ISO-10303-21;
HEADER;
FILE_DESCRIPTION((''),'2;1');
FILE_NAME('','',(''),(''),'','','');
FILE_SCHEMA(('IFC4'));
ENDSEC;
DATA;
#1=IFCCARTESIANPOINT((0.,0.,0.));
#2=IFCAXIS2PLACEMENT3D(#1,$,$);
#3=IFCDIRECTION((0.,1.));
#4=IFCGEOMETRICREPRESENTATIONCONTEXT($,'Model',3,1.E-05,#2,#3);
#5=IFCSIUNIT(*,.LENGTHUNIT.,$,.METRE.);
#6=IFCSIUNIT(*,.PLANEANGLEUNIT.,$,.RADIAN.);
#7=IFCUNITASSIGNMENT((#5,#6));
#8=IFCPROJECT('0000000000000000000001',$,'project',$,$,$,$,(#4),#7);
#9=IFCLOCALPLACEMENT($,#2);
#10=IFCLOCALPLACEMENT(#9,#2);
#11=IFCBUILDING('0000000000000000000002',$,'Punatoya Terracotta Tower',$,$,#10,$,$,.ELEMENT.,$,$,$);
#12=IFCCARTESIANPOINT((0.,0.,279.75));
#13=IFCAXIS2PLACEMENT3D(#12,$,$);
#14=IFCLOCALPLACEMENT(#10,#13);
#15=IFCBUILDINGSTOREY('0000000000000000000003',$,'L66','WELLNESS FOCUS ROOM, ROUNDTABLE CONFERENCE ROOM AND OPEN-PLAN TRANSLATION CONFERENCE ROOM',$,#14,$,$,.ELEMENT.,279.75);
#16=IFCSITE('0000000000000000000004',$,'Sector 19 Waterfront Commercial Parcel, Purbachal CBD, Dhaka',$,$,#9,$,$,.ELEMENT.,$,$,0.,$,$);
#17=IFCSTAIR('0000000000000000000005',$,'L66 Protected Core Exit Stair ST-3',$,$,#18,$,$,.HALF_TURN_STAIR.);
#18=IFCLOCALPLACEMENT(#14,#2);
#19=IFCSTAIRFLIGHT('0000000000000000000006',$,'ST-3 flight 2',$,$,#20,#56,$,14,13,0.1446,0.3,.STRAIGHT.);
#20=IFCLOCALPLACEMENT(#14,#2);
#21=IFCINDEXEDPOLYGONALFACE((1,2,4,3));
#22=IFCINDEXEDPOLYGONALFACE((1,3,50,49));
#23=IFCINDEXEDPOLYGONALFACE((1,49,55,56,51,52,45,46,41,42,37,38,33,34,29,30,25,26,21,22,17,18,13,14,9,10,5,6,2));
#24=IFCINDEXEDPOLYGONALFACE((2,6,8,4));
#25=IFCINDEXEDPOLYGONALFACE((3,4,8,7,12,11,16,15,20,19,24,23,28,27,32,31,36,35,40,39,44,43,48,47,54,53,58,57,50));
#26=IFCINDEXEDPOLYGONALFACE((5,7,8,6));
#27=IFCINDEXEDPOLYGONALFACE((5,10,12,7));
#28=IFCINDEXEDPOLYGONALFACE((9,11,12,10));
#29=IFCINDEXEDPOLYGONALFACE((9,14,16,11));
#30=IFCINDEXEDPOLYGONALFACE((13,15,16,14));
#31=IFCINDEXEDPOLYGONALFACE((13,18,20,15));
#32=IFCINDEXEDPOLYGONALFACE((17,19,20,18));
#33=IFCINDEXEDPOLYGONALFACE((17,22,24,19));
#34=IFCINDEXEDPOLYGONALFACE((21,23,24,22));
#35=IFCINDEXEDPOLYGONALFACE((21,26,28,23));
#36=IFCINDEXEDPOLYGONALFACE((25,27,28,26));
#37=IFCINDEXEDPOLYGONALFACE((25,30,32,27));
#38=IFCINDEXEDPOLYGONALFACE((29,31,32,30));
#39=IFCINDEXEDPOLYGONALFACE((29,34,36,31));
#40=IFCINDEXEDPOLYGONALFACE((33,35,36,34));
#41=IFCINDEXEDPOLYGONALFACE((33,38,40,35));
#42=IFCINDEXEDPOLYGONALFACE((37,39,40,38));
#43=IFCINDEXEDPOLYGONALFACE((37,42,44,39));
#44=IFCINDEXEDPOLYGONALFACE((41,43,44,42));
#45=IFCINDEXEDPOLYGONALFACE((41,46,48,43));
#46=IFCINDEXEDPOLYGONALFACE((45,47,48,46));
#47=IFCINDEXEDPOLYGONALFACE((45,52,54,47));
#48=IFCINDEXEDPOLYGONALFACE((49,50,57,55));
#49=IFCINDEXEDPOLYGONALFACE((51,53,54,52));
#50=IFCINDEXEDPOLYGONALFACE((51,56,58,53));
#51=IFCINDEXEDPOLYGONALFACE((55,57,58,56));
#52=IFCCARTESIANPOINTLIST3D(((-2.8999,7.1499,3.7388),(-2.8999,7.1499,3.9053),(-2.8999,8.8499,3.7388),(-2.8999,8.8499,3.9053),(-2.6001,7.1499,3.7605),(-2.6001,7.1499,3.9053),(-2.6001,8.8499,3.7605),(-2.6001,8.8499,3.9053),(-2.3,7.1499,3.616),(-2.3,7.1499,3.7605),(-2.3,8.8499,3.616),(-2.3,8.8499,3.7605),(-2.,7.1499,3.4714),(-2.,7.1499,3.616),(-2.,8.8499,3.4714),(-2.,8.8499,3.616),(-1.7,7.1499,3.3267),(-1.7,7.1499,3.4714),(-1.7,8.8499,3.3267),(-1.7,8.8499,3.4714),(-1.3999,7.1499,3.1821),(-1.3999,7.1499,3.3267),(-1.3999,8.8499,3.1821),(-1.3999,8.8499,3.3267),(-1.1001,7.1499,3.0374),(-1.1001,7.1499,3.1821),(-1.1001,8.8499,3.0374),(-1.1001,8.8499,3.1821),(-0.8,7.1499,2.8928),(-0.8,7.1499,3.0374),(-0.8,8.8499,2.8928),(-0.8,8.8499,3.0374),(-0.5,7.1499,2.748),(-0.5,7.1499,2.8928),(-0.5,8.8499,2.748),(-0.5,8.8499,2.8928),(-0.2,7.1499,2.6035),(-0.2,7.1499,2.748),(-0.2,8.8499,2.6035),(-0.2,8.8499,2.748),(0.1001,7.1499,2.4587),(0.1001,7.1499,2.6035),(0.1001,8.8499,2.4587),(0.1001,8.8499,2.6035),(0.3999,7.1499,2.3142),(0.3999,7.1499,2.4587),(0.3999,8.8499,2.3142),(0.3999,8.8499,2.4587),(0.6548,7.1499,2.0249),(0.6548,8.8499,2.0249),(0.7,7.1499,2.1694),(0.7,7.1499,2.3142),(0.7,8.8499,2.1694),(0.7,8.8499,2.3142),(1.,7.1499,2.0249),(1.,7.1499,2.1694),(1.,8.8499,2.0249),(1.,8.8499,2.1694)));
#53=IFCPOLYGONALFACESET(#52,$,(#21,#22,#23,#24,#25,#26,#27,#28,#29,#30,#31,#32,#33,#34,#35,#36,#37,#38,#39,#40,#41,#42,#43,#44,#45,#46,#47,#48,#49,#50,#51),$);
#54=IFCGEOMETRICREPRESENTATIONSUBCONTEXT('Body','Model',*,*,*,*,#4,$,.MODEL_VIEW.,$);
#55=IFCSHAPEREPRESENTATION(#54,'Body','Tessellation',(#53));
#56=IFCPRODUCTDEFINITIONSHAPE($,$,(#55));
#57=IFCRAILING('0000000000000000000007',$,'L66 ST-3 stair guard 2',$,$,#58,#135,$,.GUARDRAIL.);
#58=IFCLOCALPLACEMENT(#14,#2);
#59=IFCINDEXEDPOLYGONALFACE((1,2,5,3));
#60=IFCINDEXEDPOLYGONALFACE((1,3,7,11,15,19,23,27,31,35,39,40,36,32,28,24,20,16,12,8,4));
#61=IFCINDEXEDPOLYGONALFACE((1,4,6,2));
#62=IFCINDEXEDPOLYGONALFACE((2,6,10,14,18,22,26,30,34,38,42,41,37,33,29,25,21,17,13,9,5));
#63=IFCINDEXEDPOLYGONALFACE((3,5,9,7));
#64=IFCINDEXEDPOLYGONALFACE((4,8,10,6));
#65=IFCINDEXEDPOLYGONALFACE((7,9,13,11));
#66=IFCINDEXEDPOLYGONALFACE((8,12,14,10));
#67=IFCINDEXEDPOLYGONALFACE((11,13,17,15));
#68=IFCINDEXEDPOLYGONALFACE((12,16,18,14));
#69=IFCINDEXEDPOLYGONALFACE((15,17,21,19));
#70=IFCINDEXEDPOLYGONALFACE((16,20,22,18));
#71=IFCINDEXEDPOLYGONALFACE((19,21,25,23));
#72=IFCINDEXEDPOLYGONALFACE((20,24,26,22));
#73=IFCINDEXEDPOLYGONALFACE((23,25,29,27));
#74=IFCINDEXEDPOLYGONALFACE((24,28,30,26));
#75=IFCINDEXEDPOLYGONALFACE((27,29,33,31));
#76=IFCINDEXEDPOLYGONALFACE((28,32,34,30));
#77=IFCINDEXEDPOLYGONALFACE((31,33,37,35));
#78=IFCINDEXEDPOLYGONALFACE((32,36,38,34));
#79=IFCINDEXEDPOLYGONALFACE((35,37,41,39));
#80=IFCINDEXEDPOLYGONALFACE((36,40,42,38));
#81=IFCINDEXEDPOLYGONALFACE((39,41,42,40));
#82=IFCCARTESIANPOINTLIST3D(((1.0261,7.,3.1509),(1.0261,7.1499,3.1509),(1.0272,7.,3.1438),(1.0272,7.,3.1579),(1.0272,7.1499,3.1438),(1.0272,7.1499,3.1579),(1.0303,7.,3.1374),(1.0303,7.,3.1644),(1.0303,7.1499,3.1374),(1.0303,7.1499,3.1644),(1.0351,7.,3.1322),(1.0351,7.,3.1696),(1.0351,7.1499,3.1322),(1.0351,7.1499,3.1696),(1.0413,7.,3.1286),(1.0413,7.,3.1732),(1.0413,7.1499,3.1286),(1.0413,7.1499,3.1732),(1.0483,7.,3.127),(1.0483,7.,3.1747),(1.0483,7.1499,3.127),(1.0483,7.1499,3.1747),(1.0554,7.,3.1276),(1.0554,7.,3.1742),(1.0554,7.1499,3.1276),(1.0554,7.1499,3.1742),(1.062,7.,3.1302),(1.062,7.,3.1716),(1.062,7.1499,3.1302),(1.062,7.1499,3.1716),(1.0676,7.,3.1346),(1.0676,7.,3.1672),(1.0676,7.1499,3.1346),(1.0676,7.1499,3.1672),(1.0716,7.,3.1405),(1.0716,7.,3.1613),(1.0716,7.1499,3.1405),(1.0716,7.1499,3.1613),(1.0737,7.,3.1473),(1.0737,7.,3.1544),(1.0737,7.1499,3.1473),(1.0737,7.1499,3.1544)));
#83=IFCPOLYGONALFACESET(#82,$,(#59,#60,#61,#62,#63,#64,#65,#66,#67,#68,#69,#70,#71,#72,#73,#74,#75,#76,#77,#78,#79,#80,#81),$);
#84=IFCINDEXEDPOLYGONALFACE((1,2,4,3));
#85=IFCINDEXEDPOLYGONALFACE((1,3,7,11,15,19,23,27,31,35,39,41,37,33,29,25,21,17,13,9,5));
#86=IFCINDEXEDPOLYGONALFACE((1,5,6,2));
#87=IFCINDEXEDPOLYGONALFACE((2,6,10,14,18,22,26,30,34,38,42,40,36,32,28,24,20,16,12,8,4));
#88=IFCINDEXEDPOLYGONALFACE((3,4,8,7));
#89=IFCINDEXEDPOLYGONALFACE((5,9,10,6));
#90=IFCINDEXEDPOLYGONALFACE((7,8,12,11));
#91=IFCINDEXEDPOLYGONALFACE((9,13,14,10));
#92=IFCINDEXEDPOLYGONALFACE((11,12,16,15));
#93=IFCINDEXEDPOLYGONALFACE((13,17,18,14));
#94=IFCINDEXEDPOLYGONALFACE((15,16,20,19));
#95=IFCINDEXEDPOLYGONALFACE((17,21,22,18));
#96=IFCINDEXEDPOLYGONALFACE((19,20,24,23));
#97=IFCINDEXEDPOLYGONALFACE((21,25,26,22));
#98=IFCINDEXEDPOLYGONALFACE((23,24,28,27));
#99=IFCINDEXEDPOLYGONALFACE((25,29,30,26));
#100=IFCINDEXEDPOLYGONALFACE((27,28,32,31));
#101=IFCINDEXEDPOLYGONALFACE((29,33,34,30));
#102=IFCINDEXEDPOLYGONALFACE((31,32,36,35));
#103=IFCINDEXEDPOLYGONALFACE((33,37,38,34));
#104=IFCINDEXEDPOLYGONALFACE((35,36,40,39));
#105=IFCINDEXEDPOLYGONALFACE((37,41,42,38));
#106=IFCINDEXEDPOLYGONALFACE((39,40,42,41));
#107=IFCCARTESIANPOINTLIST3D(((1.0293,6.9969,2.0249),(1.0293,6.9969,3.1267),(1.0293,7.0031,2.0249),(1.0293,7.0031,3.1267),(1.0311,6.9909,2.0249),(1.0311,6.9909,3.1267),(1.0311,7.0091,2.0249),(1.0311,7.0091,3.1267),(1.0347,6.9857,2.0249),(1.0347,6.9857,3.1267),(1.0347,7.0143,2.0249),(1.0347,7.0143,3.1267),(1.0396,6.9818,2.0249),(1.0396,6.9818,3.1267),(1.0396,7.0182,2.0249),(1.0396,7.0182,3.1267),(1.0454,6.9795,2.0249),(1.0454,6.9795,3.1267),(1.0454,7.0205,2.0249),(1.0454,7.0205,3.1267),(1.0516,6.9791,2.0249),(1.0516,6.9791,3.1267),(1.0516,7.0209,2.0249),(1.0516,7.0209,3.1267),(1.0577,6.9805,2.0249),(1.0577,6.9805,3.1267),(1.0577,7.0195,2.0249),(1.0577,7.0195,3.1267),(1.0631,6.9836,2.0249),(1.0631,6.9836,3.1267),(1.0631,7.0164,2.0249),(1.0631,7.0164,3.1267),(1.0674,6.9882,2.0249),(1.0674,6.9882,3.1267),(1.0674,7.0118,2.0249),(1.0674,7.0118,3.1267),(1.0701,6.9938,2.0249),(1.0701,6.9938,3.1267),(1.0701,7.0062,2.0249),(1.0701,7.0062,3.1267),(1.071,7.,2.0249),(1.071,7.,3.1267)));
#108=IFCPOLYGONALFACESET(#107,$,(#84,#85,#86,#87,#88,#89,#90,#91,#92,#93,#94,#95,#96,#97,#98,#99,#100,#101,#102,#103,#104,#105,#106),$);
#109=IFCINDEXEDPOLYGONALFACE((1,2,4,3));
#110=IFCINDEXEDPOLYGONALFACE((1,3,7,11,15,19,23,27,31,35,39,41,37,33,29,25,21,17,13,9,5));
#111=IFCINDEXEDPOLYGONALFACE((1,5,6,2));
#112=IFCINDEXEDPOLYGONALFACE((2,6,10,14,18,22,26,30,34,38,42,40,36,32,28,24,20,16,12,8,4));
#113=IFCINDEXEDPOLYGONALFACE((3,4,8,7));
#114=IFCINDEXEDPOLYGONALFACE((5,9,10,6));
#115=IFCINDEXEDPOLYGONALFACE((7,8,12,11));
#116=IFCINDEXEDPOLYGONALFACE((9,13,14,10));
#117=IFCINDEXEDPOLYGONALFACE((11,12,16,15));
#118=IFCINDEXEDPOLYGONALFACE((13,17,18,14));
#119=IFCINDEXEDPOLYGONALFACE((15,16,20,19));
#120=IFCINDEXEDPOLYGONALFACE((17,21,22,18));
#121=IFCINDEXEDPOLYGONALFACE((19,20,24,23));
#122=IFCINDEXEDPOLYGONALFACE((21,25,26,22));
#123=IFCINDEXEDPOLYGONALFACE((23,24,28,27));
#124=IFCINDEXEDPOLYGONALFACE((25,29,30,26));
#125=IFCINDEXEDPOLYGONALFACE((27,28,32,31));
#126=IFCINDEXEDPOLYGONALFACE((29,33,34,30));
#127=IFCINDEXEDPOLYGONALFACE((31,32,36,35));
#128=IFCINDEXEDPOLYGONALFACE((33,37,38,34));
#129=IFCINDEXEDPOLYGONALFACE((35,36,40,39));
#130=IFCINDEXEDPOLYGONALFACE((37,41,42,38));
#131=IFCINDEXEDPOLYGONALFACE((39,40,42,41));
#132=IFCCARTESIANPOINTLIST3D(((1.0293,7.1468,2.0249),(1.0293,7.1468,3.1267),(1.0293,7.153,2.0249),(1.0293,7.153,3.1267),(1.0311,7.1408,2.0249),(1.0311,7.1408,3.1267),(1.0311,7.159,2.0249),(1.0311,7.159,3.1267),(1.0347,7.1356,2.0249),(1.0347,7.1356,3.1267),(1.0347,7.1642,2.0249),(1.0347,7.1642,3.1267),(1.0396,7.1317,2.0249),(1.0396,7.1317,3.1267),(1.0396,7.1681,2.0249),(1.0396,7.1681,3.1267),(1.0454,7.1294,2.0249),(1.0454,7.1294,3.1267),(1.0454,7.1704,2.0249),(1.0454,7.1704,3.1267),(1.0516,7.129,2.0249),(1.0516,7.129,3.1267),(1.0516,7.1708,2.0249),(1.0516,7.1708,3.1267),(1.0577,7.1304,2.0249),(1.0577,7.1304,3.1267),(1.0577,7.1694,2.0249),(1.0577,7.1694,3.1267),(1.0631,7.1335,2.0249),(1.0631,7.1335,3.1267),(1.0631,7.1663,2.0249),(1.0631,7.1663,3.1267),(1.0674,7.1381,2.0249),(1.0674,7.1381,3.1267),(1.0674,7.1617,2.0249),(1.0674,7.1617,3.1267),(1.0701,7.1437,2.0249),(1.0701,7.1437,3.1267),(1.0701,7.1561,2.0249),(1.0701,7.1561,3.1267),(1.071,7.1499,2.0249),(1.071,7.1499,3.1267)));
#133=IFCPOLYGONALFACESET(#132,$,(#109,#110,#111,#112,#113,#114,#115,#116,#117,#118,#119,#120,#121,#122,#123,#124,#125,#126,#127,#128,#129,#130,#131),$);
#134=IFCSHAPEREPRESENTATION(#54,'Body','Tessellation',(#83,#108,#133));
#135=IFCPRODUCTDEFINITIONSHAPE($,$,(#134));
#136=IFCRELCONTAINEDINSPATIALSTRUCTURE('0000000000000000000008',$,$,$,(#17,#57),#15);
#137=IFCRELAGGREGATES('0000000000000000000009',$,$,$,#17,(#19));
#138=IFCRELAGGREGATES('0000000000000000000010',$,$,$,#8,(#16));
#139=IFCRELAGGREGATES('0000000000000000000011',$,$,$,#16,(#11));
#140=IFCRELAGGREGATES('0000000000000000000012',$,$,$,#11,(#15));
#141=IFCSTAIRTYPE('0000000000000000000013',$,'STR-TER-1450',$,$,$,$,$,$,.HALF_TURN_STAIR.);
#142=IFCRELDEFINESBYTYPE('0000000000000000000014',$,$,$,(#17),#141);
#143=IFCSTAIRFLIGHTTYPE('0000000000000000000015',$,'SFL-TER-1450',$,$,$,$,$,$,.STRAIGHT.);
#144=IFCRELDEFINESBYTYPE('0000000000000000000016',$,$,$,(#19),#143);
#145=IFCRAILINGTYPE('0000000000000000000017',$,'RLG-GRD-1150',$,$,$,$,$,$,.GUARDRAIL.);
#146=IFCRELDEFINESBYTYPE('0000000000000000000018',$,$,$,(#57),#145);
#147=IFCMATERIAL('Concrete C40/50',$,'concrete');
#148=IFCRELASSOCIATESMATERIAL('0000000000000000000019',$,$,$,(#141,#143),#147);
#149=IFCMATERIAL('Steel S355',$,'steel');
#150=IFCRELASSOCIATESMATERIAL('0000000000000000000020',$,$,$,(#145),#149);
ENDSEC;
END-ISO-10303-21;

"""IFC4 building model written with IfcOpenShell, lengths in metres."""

from ifc_helpers import new_model, si_unit, direction, frame, origin, origin_2d, place, context, subcontext, project, spatial, polyline, circle, outline, extrude, material, type_object, element, aggregate, save


model = new_model("IFC4")

# Units and contexts
model_context = context("Model", 3, precision=1e-05, world=origin(), true_north=direction((0.0, 1.0)))
body_context = subcontext(model_context, "Body", "Model", "MODEL_VIEW")
ifc_project = project(units=[si_unit("LENGTHUNIT", "METRE"), si_unit("PLANEANGLEUNIT", "RADIAN")], contexts=[model_context])

# Site, building, storey
site_placement = place(None, origin())
site = spatial("IfcSite", under=ifc_project, at=site_placement, Name="Sector 19 Waterfront Commercial Parcel, Purbachal CBD, Dhaka", CompositionType="ELEMENT", RefElevation=0.0)
building_placement = place(site_placement, origin())
building = spatial("IfcBuilding", under=site, at=building_placement, Name="Punatoya Terracotta Tower", CompositionType="ELEMENT")
storey_placement = place(building_placement, frame((0.0, 0.0, 279.75)))
storey = spatial("IfcBuildingStorey", under=building, at=storey_placement, Name="L66", Description="WELLNESS FOCUS ROOM, ROUNDTABLE CONFERENCE ROOM AND OPEN-PLAN TRANSLATION CONFERENCE ROOM", CompositionType="ELEMENT", Elevation=279.75)

# Shared definitions
ifc_material_1 = material(Name="Steel S355", Category="steel")

# Shared definitions
ifc_material_2 = material(Name="Concrete C40/50", Category="concrete")

# Stair, stair flight
stair_type = type_object("IfcStairType", Name="STR-TER-1450", PredefinedType="HALF_TURN_STAIR", material=ifc_material_2)
stair_placement = place(storey_placement, origin())
stair = element("IfcStair", 1, at=stair_placement, inside=storey, type_object=stair_type, Name="L66 Protected Core Exit Stair ST-3", PredefinedType="HALF_TURN_STAIR")
stair_flight_type = type_object("IfcStairFlightType", Name="SFL-TER-1450", PredefinedType="STRAIGHT", material=ifc_material_2)
stair_flight_placement = place(storey_placement, frame((1.0, 8.0, 2.0249), z_axis=(0.0, 0.0, 1.0), x_axis=(-1.0, 0.0, 0.0)))
stair_flight = element("IfcStairFlight", 2, at=stair_flight_placement, type_object=stair_flight_type, Name="ST-3 flight 2", NumberOfRisers=14, NumberOfTreads=13, PredefinedType="STRAIGHT", RiserHeight=0.1446, TreadLength=0.3, context=body_context, shape_type="SweptSolid", body=[
    extrude(outline(polyline([(0.0, 0.0), (0.0, 0.1445), (0.3, 0.1445), (0.3, 0.2893), (0.6001, 0.2893), (0.6001, 0.4338), (0.8999, 0.4338), (0.8999, 0.5786), (1.2, 0.5786), (1.2, 0.7231), (1.5, 0.7231), (1.5, 0.8679), (1.8, 0.8679), (1.8, 1.0125), (2.1001, 1.0125), (2.1001, 1.1572), (2.3999, 1.1572), (2.3999, 1.3018), (2.7, 1.3018), (2.7, 1.4465), (3.0, 1.4465), (3.0, 1.5911), (3.3, 1.5911), (3.3, 1.7356), (3.6001, 1.7356), (3.6001, 1.8804), (3.8999, 1.8804), (3.8999, 2.0249), (3.8999, 1.7139), (0.3452, 0.0), (0.0, 0.0)])), frame((0.0, 0.8501, 0.0), z_axis=(0.0, -1.0, 0.0), x_axis=(1.0, 0.0, 0.0)), (0.0, 0.0, 1.0), 1.7),
])
aggregate(stair, [stair_flight])

# Railing
railing_type_1 = type_object("IfcRailingType", Name="RLG-GRD-1150", PredefinedType="GUARDRAIL", material=ifc_material_1)
railing_1_placement = place(storey_placement, frame((1.05, 7.0, 2.0249)))
element("IfcRailing", 3, at=railing_1_placement, inside=storey, type_object=railing_type_1, Name="L66 ST-3 stair guard 2", PredefinedType="GUARDRAIL", context=body_context, shape_type="SweptSolid", body=[
    extrude(circle(Radius=0.0239, at=origin_2d()), frame((0.0, 0.0, 1.126), z_axis=(0.0, 1.0, 0.0), x_axis=(-1.0, 0.0, 0.0)), (0.0, 0.0, 1.0), 0.1499),
    extrude(circle(Radius=0.021, at=origin_2d()), origin(), (0.0, 0.0, 1.0), 1.1018),
    extrude(circle(Radius=0.021, at=origin_2d()), frame((0.0, 0.1499, 0.0)), (0.0, 0.0, 1.0), 1.1018),
])

save(model, "model.ifc")
